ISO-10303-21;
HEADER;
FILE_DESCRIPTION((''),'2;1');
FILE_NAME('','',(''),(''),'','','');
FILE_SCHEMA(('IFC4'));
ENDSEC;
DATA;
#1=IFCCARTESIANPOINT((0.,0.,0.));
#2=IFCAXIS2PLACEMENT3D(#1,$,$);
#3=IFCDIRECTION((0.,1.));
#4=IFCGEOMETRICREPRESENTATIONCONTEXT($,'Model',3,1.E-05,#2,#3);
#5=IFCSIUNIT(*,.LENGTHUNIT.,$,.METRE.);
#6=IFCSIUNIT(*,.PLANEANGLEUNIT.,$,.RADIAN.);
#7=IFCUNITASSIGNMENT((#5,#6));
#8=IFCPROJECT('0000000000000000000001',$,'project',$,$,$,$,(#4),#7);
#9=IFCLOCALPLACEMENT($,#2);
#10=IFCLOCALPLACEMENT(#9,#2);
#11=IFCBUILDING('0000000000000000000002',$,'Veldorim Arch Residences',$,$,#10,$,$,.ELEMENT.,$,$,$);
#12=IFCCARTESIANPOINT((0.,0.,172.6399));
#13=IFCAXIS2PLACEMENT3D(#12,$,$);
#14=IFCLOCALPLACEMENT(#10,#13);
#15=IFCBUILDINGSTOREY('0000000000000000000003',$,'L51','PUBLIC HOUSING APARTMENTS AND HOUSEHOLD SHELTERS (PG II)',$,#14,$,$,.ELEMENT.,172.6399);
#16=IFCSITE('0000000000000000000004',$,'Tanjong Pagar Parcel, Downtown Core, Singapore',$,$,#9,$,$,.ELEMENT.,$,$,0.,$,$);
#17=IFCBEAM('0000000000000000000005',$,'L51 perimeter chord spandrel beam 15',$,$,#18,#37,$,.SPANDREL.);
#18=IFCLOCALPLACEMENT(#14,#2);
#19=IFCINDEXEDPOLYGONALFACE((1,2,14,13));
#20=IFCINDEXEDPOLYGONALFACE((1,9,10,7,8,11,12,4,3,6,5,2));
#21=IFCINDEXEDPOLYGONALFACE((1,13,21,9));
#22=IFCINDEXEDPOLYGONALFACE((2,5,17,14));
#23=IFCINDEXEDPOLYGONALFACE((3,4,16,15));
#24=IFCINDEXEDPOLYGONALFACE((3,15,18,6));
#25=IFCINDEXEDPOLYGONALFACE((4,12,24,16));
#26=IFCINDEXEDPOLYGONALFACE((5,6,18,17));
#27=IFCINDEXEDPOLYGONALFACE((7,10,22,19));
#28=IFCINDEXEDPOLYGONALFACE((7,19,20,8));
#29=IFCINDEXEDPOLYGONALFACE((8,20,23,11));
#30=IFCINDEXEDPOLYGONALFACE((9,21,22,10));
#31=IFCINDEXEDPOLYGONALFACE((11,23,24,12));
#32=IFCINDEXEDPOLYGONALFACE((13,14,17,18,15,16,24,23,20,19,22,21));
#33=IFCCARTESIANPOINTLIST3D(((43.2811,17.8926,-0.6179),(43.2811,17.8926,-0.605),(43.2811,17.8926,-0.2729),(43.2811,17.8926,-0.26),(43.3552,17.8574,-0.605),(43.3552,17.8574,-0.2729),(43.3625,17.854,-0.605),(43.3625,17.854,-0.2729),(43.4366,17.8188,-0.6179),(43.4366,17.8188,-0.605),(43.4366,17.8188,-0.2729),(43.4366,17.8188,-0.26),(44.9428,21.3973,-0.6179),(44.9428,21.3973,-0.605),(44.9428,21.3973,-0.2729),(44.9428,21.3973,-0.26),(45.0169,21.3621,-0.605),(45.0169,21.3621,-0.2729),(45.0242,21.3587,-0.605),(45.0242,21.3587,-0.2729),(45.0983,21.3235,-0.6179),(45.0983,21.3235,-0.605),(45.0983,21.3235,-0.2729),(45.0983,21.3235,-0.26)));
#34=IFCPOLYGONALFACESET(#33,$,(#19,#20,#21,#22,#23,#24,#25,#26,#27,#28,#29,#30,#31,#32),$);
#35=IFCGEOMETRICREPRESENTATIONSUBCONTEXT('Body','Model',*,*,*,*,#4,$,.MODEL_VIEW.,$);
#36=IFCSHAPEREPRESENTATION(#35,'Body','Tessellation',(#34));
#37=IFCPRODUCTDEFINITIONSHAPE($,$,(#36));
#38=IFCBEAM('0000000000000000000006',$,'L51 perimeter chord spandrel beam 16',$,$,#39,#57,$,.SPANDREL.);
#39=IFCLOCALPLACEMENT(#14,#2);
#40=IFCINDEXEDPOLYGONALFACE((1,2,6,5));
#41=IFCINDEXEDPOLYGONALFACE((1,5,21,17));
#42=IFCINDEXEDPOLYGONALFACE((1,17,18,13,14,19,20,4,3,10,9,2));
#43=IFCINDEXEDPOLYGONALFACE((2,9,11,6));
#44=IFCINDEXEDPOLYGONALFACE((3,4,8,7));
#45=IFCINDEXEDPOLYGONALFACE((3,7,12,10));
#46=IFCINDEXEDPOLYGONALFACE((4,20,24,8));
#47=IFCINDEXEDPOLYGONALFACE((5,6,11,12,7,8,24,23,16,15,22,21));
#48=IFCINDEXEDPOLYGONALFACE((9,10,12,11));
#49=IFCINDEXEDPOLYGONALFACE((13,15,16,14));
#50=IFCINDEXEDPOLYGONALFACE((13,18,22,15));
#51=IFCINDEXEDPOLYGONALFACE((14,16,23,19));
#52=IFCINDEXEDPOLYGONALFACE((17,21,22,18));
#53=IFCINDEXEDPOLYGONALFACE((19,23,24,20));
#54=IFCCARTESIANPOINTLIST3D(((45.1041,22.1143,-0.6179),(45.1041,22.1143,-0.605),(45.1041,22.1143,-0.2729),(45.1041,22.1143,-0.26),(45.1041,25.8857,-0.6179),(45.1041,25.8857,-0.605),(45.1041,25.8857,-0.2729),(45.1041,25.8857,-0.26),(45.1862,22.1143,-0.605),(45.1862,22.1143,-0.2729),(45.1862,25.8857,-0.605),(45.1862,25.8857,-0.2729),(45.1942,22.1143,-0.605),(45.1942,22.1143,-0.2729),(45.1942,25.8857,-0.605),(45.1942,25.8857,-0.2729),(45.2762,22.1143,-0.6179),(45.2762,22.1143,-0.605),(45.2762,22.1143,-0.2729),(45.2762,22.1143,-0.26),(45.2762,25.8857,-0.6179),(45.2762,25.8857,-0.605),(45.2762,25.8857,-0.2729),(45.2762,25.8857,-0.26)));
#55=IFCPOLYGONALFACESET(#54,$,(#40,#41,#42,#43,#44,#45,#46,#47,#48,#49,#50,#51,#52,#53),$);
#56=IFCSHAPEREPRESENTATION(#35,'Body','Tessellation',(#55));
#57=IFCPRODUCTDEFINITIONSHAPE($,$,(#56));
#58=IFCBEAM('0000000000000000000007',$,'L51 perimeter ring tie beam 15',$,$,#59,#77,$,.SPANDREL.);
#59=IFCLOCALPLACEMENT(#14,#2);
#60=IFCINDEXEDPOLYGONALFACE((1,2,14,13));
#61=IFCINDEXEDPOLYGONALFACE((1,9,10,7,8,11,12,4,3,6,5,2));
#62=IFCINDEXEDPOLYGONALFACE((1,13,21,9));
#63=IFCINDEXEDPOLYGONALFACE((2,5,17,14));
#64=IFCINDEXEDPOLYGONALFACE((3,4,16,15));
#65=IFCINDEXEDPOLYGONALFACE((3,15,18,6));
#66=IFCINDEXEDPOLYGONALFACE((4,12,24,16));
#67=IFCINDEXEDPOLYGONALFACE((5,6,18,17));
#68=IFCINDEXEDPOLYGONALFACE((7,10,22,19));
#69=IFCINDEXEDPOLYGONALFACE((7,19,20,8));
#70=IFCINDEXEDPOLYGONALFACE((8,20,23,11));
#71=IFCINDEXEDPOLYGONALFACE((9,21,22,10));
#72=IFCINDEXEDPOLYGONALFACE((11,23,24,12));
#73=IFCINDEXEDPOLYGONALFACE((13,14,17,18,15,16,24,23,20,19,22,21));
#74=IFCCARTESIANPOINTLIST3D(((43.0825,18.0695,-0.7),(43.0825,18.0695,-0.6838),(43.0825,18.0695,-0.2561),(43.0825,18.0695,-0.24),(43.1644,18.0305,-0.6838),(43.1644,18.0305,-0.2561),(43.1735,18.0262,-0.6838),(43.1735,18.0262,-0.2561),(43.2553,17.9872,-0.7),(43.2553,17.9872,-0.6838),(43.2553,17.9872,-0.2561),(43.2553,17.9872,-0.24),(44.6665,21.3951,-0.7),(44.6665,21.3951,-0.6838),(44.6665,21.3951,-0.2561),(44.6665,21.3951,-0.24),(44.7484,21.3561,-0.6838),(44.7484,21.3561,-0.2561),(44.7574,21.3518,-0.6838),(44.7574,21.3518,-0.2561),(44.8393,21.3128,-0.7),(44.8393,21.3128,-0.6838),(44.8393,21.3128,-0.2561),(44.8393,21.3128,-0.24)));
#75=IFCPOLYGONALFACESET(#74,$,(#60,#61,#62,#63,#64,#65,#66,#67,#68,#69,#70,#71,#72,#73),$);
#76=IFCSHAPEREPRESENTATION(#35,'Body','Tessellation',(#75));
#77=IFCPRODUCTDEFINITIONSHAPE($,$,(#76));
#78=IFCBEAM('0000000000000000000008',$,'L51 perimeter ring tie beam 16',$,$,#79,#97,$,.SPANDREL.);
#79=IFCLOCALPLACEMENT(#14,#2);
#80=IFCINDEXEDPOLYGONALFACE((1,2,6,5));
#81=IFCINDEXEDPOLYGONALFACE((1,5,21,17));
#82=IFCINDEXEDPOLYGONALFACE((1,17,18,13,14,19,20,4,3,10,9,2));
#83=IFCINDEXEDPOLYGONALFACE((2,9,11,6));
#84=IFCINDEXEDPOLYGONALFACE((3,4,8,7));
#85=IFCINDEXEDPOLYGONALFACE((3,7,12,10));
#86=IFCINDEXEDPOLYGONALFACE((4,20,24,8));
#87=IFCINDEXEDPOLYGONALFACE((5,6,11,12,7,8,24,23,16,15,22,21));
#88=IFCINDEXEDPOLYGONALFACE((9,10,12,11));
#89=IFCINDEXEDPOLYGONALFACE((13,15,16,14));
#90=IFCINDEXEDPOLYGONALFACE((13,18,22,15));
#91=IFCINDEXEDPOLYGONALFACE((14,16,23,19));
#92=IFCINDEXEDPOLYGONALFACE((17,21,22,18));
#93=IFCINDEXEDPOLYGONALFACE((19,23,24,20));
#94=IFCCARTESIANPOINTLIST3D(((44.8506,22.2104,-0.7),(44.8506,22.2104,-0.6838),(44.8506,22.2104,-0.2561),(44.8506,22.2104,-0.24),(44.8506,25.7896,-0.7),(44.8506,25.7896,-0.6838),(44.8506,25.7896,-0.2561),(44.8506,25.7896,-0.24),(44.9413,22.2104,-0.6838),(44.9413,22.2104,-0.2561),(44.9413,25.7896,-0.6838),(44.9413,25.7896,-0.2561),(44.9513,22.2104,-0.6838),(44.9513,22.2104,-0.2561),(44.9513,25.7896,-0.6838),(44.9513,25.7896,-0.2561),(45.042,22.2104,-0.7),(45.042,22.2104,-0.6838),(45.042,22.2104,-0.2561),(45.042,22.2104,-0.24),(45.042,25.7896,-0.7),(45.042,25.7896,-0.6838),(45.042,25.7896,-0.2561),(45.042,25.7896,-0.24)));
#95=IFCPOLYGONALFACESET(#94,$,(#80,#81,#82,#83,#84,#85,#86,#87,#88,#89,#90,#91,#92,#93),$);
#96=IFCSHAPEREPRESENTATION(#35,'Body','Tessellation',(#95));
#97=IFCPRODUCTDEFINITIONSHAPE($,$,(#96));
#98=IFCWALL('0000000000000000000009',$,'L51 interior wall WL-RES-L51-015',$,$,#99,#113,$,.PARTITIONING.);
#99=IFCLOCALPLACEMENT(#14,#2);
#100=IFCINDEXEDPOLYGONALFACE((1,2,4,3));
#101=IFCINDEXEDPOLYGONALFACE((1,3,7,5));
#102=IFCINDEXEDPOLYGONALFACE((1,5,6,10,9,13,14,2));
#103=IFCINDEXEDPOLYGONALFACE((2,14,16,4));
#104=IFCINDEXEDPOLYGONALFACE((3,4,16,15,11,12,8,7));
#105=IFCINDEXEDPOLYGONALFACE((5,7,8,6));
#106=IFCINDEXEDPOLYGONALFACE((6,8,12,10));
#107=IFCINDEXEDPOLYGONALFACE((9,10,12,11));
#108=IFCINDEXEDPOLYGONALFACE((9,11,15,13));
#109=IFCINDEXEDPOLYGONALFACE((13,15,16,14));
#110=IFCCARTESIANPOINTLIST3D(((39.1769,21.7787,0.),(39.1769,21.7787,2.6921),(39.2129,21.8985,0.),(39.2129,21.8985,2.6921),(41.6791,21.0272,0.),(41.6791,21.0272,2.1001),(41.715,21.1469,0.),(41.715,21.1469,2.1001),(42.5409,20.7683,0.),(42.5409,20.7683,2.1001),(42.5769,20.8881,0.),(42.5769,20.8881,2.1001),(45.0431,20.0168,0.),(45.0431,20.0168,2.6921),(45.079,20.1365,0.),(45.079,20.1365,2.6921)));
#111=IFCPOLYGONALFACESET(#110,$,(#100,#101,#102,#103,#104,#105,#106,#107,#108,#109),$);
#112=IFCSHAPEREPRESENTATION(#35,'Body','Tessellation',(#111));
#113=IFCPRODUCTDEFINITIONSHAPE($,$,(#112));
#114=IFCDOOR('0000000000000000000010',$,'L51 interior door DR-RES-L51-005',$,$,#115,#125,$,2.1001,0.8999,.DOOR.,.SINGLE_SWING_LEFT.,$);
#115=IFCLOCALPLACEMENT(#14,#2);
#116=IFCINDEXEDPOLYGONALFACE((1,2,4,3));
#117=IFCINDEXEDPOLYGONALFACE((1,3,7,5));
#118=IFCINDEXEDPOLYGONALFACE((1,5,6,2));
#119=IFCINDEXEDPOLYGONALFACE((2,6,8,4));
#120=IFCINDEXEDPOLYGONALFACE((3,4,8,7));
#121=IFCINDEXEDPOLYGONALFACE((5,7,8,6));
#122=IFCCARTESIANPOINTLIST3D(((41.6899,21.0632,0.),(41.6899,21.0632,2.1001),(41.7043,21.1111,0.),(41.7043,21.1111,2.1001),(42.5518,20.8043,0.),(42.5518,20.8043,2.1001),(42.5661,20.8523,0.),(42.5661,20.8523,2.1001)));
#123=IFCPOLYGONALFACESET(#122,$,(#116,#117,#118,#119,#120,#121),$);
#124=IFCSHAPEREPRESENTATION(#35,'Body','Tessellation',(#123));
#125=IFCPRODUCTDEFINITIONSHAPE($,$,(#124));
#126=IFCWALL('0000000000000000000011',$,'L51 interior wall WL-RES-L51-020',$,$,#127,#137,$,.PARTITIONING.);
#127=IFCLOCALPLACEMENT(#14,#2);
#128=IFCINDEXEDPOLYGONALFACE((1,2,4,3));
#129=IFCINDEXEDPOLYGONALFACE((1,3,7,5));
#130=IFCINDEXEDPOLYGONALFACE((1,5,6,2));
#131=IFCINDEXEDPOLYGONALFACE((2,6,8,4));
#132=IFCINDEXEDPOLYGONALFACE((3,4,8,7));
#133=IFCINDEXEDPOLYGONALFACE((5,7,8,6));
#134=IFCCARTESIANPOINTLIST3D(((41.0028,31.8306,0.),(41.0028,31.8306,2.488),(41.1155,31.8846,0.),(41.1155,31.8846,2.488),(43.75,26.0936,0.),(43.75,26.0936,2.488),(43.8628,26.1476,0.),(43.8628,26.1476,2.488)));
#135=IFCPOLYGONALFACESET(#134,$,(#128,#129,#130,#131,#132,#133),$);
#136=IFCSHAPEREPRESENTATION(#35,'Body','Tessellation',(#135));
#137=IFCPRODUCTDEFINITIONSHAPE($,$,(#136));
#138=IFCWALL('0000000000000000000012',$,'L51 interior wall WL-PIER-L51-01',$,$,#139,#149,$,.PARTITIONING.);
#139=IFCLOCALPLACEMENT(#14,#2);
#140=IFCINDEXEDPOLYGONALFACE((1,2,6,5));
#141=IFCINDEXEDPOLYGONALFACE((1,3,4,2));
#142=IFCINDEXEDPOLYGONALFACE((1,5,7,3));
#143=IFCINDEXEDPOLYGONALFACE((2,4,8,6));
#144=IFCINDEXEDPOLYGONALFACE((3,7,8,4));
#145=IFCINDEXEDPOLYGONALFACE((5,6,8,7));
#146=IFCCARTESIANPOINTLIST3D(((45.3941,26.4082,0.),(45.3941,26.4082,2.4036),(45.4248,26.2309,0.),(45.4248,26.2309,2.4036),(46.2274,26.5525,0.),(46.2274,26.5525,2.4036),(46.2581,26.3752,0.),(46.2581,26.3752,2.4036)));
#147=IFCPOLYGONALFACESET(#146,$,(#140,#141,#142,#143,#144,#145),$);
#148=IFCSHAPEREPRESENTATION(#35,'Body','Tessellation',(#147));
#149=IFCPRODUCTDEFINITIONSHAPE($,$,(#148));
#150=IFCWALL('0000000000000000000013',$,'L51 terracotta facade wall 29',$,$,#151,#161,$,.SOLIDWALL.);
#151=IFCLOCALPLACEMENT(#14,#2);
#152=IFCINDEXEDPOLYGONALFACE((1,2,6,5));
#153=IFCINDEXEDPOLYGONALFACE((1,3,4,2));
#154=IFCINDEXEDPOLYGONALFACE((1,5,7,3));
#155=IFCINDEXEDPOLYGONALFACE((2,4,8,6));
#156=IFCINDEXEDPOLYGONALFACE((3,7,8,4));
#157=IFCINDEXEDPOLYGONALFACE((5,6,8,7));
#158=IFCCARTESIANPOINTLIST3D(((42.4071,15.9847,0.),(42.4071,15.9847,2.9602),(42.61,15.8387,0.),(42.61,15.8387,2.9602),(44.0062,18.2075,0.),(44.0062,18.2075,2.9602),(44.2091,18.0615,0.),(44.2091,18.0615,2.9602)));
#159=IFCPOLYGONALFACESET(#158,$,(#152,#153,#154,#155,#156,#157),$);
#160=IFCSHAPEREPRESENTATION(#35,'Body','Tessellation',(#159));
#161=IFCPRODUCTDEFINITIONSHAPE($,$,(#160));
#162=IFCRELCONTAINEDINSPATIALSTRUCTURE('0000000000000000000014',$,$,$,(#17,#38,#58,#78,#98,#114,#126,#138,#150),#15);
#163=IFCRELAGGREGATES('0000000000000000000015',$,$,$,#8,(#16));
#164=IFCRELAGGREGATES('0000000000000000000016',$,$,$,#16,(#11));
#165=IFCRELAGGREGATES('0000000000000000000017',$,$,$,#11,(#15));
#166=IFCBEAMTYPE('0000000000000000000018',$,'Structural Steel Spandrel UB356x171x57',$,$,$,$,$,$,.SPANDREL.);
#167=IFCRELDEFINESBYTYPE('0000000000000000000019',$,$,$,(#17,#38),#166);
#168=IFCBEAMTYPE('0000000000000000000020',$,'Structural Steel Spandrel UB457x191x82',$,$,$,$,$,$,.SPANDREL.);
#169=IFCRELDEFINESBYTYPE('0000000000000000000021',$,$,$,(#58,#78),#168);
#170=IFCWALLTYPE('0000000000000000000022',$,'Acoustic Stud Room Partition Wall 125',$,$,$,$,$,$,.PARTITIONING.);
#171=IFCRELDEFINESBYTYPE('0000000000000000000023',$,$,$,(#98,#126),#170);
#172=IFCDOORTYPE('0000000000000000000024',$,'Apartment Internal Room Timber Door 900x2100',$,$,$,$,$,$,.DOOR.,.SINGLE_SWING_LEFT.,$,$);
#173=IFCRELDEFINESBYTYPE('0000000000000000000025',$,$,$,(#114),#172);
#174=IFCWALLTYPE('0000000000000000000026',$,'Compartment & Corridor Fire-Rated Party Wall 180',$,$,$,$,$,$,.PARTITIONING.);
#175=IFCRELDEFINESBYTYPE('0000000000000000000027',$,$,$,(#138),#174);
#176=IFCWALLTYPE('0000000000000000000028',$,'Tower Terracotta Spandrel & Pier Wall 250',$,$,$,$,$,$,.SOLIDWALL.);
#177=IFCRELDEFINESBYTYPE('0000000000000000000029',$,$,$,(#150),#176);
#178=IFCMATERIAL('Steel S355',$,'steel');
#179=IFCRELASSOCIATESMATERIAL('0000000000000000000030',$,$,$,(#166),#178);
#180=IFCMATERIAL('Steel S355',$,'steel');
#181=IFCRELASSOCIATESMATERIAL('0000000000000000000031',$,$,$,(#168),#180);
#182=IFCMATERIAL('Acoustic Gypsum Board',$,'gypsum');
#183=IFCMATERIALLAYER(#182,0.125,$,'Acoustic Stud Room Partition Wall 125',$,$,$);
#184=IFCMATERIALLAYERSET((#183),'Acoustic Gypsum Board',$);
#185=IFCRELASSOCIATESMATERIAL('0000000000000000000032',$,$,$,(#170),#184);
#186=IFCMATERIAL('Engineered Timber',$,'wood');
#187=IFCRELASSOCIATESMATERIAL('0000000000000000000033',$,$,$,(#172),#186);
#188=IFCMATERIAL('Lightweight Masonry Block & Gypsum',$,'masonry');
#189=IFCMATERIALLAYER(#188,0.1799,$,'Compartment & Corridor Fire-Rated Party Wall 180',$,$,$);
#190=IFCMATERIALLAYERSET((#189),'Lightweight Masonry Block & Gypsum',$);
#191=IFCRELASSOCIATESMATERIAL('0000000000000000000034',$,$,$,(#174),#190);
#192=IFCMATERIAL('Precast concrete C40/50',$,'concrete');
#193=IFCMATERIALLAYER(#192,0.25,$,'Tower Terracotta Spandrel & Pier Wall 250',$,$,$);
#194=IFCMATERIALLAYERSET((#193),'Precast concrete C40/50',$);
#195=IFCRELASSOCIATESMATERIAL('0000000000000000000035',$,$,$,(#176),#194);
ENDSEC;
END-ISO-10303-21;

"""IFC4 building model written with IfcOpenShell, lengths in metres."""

from ifc_helpers import new_model, si_unit, direction, frame, frame_2d, origin, origin_2d, place, context, subcontext, project, spatial, rectangle, i_section, extrude, material, layer, layer_set, material_profile, profile_set, type_object, element, fill, save


model = new_model("IFC4")

# Units and contexts
model_context = context("Model", 3, precision=1e-05, world=origin(), true_north=direction((0.0, 1.0)))
body_context = subcontext(model_context, "Body", "Model", "MODEL_VIEW")
ifc_project = project(units=[si_unit("LENGTHUNIT", "METRE"), si_unit("PLANEANGLEUNIT", "RADIAN")], contexts=[model_context])

# Site, building, storey
site_placement = place(None, origin())
site = spatial("IfcSite", under=ifc_project, at=site_placement, Name="Tanjong Pagar Parcel, Downtown Core, Singapore", CompositionType="ELEMENT", RefElevation=0.0)
building_placement = place(site_placement, origin())
building = spatial("IfcBuilding", under=site, at=building_placement, Name="Veldorim Arch Residences", CompositionType="ELEMENT")
storey_placement = place(building_placement, frame((0.0, 0.0, 172.6399)))
storey = spatial("IfcBuildingStorey", under=building, at=storey_placement, Name="L51", Description="PUBLIC HOUSING APARTMENTS AND HOUSEHOLD SHELTERS (PG II)", CompositionType="ELEMENT", Elevation=172.6399)

# Beams
ifc_material_1 = material(Name="Steel S355", Category="steel")
ifc_material_profile_1 = material_profile(ifc_material_1, i_section(OverallWidth=0.1721, OverallDepth=0.3579, WebThickness=0.0081, FlangeThickness=0.0129, at=origin_2d()), Name="UB356x171x57")
ifc_profile_set_1 = profile_set([ifc_material_profile_1], Name="Steel S355")
beam_type_1 = type_object("IfcBeamType", Name="Structural Steel Spandrel UB356x171x57", PredefinedType="SPANDREL", material=ifc_profile_set_1)
beam_1_placement = place(storey_placement, frame((43.3589, 17.8557, -0.439), z_axis=(0.428408, 0.903585, 0.0), x_axis=(-0.903585, 0.428408, 0.0)))
element("IfcBeam", 1, at=beam_1_placement, inside=storey, type_object=beam_type_1, Name="L51 perimeter chord spandrel beam 15", PredefinedType="SPANDREL", context=body_context, shape_type="SweptSolid", body=[
    extrude(i_section(OverallWidth=0.1721, OverallDepth=0.3579, WebThickness=0.0081, FlangeThickness=0.0129, at=origin_2d()), origin(), (0.0, 0.0, 1.0), 3.8787),
])
beam_2_placement = place(storey_placement, frame((45.1902, 22.1143, -0.439), z_axis=(0.0, 1.0, 0.0), x_axis=(-1.0, 0.0, 0.0)))
element("IfcBeam", 2, at=beam_2_placement, inside=storey, type_object=beam_type_1, Name="L51 perimeter chord spandrel beam 16", PredefinedType="SPANDREL", context=body_context, shape_type="SweptSolid", body=[
    extrude(i_section(OverallWidth=0.1721, OverallDepth=0.3579, WebThickness=0.0081, FlangeThickness=0.0129, at=origin_2d()), origin(), (0.0, 0.0, 1.0), 3.7715),
])
ifc_material_2 = material(Name="Steel S355", Category="steel")
ifc_material_profile_2 = material_profile(ifc_material_2, i_section(OverallWidth=0.1914, OverallDepth=0.46, WebThickness=0.01, FlangeThickness=0.0161, at=origin_2d()), Name="UB457x191x82")
ifc_profile_set_2 = profile_set([ifc_material_profile_2], Name="Steel S355")
beam_type_2 = type_object("IfcBeamType", Name="Structural Steel Spandrel UB457x191x82", PredefinedType="SPANDREL", material=ifc_profile_set_2)
beam_3_placement = place(storey_placement, frame((43.1689, 18.0283, -0.47), z_axis=(0.430006, 0.902826, 0.0), x_axis=(-0.902826, 0.430006, 0.0)))
element("IfcBeam", 3, at=beam_3_placement, inside=storey, type_object=beam_type_2, Name="L51 perimeter ring tie beam 15", PredefinedType="SPANDREL", context=body_context, shape_type="SweptSolid", body=[
    extrude(i_section(OverallWidth=0.1914, OverallDepth=0.46, WebThickness=0.01, FlangeThickness=0.0161, at=origin_2d()), origin(), (0.0, 0.0, 1.0), 3.6836),
])
beam_4_placement = place(storey_placement, frame((44.9463, 22.2104, -0.47), z_axis=(0.0, 1.0, 0.0), x_axis=(-1.0, 0.0, 0.0)))
element("IfcBeam", 4, at=beam_4_placement, inside=storey, type_object=beam_type_2, Name="L51 perimeter ring tie beam 16", PredefinedType="SPANDREL", context=body_context, shape_type="SweptSolid", body=[
    extrude(i_section(OverallWidth=0.1914, OverallDepth=0.46, WebThickness=0.01, FlangeThickness=0.0161, at=origin_2d()), origin(), (0.0, 0.0, 1.0), 3.5791),
])

# Wall, opening, door
ifc_material_3 = material(Name="Acoustic Gypsum Board", Category="gypsum")
ifc_layer_1 = layer(ifc_material_3, 0.125, Name="Acoustic Stud Room Partition Wall 125")
ifc_layer_set_1 = layer_set([ifc_layer_1], Name="Acoustic Gypsum Board")
wall_type_1 = type_object("IfcWallType", Name="Acoustic Stud Room Partition Wall 125", PredefinedType="PARTITIONING", material=ifc_layer_set_1)
wall_1_placement = place(storey_placement, frame((45.061, 20.0767, 0.0), z_axis=(0.0, 0.0, 1.0), x_axis=(-0.957732, 0.287662, 0.0)))
wall_1 = element("IfcWall", 5, at=wall_1_placement, inside=storey, type_object=wall_type_1, Name="L51 interior wall WL-RES-L51-015", PredefinedType="PARTITIONING", context=body_context, shape_type="SweptSolid", body=[
    extrude(rectangle(XDim=6.125, YDim=0.125, at=frame_2d((3.0625, 0.0))), origin(), (0.0, 0.0, 1.0), 2.6921),
])
opening_1_placement = place(wall_1_placement, frame((2.6125, 0.0, 0.0)))
opening_1 = element("IfcOpeningElement", 6, at=opening_1_placement, cuts=wall_1, PredefinedType="OPENING", context=body_context, shape_type="SweptSolid", body=[
    extrude(rectangle(XDim=0.8999, YDim=2.1001, at=frame_2d((0.45, 1.05))), frame((0.0, 0.0725, 0.0), z_axis=(0.0, -1.0, 0.0), x_axis=(1.0, 0.0, 0.0)), (0.0, 0.0, 1.0), 0.145),
])
ifc_material_4 = material(Name="Engineered Timber", Category="wood")
door_type_1 = type_object("IfcDoorType", Name="Apartment Internal Room Timber Door 900x2100", OperationType="SINGLE_SWING_LEFT", PredefinedType="DOOR", material=ifc_material_4)
door_1_placement = place(opening_1_placement, origin())
door_1 = element("IfcDoor", 7, at=door_1_placement, inside=storey, type_object=door_type_1, Name="L51 interior door DR-RES-L51-005", OperationType="SINGLE_SWING_LEFT", OverallHeight=2.1001, OverallWidth=0.8999, PredefinedType="DOOR", context=body_context, shape_type="SweptSolid", body=[
    extrude(rectangle(XDim=0.8999, YDim=2.1001, at=frame_2d((0.45, 1.05))), frame((0.0, 0.0249, 0.0), z_axis=(0.0, -1.0, 0.0), x_axis=(1.0, 0.0, 0.0)), (0.0, 0.0, 1.0), 0.05),
])
fill(opening_1, door_1)

# Walls
wall_2_placement = place(storey_placement, frame((43.8064, 26.1206, 0.0), z_axis=(0.0, 0.0, 1.0), x_axis=(-0.431904, 0.90192, 0.0)))
element("IfcWall", 8, at=wall_2_placement, inside=storey, type_object=wall_type_1, Name="L51 interior wall WL-RES-L51-020", PredefinedType="PARTITIONING", context=body_context, shape_type="SweptSolid", body=[
    extrude(rectangle(XDim=6.3608, YDim=0.125, at=frame_2d((3.1804, 0.0))), origin(), (0.0, 0.0, 1.0), 2.488),
])
ifc_material_5 = material(Name="Lightweight Masonry Block & Gypsum", Category="masonry")
ifc_layer_2 = layer(ifc_material_5, 0.1799, Name="Compartment & Corridor Fire-Rated Party Wall 180")
ifc_layer_set_2 = layer_set([ifc_layer_2], Name="Lightweight Masonry Block & Gypsum")
wall_type_2 = type_object("IfcWallType", Name="Compartment & Corridor Fire-Rated Party Wall 180", PredefinedType="PARTITIONING", material=ifc_layer_set_2)
wall_3_placement = place(storey_placement, frame((45.4094, 26.3196, 0.0), z_axis=(0.0, 0.0, 1.0), x_axis=(0.985337, 0.170622, 0.0)))
element("IfcWall", 9, at=wall_3_placement, inside=storey, type_object=wall_type_2, Name="L51 interior wall WL-PIER-L51-01", PredefinedType="PARTITIONING", context=body_context, shape_type="SweptSolid", body=[
    extrude(rectangle(XDim=0.8457, YDim=0.1799, at=frame_2d((0.4229, 0.0))), origin(), (0.0, 0.0, 1.0), 2.4036),
])
ifc_material_6 = material(Name="Precast concrete C40/50", Category="concrete")
ifc_layer_3 = layer(ifc_material_6, 0.25, Name="Tower Terracotta Spandrel & Pier Wall 250")
ifc_layer_set_3 = layer_set([ifc_layer_3], Name="Precast concrete C40/50")
wall_type_3 = type_object("IfcWallType", Name="Tower Terracotta Spandrel & Pier Wall 250", PredefinedType="SOLIDWALL", material=ifc_layer_set_3)
wall_4_placement = place(storey_placement, frame((44.1077, 18.1345, 0.0), z_axis=(0.0, 0.0, 1.0), x_axis=(-0.583976, -0.811771, 0.0)))
element("IfcWall", 10, at=wall_4_placement, inside=storey, type_object=wall_type_3, Name="L51 terracotta facade wall 29", PredefinedType="SOLIDWALL", context=body_context, shape_type="SweptSolid", body=[
    extrude(rectangle(XDim=2.7383, YDim=0.25, at=frame_2d((1.3691, 0.0))), origin(), (0.0, 0.0, 1.0), 2.9602),
])

save(model, "model.ifc")
